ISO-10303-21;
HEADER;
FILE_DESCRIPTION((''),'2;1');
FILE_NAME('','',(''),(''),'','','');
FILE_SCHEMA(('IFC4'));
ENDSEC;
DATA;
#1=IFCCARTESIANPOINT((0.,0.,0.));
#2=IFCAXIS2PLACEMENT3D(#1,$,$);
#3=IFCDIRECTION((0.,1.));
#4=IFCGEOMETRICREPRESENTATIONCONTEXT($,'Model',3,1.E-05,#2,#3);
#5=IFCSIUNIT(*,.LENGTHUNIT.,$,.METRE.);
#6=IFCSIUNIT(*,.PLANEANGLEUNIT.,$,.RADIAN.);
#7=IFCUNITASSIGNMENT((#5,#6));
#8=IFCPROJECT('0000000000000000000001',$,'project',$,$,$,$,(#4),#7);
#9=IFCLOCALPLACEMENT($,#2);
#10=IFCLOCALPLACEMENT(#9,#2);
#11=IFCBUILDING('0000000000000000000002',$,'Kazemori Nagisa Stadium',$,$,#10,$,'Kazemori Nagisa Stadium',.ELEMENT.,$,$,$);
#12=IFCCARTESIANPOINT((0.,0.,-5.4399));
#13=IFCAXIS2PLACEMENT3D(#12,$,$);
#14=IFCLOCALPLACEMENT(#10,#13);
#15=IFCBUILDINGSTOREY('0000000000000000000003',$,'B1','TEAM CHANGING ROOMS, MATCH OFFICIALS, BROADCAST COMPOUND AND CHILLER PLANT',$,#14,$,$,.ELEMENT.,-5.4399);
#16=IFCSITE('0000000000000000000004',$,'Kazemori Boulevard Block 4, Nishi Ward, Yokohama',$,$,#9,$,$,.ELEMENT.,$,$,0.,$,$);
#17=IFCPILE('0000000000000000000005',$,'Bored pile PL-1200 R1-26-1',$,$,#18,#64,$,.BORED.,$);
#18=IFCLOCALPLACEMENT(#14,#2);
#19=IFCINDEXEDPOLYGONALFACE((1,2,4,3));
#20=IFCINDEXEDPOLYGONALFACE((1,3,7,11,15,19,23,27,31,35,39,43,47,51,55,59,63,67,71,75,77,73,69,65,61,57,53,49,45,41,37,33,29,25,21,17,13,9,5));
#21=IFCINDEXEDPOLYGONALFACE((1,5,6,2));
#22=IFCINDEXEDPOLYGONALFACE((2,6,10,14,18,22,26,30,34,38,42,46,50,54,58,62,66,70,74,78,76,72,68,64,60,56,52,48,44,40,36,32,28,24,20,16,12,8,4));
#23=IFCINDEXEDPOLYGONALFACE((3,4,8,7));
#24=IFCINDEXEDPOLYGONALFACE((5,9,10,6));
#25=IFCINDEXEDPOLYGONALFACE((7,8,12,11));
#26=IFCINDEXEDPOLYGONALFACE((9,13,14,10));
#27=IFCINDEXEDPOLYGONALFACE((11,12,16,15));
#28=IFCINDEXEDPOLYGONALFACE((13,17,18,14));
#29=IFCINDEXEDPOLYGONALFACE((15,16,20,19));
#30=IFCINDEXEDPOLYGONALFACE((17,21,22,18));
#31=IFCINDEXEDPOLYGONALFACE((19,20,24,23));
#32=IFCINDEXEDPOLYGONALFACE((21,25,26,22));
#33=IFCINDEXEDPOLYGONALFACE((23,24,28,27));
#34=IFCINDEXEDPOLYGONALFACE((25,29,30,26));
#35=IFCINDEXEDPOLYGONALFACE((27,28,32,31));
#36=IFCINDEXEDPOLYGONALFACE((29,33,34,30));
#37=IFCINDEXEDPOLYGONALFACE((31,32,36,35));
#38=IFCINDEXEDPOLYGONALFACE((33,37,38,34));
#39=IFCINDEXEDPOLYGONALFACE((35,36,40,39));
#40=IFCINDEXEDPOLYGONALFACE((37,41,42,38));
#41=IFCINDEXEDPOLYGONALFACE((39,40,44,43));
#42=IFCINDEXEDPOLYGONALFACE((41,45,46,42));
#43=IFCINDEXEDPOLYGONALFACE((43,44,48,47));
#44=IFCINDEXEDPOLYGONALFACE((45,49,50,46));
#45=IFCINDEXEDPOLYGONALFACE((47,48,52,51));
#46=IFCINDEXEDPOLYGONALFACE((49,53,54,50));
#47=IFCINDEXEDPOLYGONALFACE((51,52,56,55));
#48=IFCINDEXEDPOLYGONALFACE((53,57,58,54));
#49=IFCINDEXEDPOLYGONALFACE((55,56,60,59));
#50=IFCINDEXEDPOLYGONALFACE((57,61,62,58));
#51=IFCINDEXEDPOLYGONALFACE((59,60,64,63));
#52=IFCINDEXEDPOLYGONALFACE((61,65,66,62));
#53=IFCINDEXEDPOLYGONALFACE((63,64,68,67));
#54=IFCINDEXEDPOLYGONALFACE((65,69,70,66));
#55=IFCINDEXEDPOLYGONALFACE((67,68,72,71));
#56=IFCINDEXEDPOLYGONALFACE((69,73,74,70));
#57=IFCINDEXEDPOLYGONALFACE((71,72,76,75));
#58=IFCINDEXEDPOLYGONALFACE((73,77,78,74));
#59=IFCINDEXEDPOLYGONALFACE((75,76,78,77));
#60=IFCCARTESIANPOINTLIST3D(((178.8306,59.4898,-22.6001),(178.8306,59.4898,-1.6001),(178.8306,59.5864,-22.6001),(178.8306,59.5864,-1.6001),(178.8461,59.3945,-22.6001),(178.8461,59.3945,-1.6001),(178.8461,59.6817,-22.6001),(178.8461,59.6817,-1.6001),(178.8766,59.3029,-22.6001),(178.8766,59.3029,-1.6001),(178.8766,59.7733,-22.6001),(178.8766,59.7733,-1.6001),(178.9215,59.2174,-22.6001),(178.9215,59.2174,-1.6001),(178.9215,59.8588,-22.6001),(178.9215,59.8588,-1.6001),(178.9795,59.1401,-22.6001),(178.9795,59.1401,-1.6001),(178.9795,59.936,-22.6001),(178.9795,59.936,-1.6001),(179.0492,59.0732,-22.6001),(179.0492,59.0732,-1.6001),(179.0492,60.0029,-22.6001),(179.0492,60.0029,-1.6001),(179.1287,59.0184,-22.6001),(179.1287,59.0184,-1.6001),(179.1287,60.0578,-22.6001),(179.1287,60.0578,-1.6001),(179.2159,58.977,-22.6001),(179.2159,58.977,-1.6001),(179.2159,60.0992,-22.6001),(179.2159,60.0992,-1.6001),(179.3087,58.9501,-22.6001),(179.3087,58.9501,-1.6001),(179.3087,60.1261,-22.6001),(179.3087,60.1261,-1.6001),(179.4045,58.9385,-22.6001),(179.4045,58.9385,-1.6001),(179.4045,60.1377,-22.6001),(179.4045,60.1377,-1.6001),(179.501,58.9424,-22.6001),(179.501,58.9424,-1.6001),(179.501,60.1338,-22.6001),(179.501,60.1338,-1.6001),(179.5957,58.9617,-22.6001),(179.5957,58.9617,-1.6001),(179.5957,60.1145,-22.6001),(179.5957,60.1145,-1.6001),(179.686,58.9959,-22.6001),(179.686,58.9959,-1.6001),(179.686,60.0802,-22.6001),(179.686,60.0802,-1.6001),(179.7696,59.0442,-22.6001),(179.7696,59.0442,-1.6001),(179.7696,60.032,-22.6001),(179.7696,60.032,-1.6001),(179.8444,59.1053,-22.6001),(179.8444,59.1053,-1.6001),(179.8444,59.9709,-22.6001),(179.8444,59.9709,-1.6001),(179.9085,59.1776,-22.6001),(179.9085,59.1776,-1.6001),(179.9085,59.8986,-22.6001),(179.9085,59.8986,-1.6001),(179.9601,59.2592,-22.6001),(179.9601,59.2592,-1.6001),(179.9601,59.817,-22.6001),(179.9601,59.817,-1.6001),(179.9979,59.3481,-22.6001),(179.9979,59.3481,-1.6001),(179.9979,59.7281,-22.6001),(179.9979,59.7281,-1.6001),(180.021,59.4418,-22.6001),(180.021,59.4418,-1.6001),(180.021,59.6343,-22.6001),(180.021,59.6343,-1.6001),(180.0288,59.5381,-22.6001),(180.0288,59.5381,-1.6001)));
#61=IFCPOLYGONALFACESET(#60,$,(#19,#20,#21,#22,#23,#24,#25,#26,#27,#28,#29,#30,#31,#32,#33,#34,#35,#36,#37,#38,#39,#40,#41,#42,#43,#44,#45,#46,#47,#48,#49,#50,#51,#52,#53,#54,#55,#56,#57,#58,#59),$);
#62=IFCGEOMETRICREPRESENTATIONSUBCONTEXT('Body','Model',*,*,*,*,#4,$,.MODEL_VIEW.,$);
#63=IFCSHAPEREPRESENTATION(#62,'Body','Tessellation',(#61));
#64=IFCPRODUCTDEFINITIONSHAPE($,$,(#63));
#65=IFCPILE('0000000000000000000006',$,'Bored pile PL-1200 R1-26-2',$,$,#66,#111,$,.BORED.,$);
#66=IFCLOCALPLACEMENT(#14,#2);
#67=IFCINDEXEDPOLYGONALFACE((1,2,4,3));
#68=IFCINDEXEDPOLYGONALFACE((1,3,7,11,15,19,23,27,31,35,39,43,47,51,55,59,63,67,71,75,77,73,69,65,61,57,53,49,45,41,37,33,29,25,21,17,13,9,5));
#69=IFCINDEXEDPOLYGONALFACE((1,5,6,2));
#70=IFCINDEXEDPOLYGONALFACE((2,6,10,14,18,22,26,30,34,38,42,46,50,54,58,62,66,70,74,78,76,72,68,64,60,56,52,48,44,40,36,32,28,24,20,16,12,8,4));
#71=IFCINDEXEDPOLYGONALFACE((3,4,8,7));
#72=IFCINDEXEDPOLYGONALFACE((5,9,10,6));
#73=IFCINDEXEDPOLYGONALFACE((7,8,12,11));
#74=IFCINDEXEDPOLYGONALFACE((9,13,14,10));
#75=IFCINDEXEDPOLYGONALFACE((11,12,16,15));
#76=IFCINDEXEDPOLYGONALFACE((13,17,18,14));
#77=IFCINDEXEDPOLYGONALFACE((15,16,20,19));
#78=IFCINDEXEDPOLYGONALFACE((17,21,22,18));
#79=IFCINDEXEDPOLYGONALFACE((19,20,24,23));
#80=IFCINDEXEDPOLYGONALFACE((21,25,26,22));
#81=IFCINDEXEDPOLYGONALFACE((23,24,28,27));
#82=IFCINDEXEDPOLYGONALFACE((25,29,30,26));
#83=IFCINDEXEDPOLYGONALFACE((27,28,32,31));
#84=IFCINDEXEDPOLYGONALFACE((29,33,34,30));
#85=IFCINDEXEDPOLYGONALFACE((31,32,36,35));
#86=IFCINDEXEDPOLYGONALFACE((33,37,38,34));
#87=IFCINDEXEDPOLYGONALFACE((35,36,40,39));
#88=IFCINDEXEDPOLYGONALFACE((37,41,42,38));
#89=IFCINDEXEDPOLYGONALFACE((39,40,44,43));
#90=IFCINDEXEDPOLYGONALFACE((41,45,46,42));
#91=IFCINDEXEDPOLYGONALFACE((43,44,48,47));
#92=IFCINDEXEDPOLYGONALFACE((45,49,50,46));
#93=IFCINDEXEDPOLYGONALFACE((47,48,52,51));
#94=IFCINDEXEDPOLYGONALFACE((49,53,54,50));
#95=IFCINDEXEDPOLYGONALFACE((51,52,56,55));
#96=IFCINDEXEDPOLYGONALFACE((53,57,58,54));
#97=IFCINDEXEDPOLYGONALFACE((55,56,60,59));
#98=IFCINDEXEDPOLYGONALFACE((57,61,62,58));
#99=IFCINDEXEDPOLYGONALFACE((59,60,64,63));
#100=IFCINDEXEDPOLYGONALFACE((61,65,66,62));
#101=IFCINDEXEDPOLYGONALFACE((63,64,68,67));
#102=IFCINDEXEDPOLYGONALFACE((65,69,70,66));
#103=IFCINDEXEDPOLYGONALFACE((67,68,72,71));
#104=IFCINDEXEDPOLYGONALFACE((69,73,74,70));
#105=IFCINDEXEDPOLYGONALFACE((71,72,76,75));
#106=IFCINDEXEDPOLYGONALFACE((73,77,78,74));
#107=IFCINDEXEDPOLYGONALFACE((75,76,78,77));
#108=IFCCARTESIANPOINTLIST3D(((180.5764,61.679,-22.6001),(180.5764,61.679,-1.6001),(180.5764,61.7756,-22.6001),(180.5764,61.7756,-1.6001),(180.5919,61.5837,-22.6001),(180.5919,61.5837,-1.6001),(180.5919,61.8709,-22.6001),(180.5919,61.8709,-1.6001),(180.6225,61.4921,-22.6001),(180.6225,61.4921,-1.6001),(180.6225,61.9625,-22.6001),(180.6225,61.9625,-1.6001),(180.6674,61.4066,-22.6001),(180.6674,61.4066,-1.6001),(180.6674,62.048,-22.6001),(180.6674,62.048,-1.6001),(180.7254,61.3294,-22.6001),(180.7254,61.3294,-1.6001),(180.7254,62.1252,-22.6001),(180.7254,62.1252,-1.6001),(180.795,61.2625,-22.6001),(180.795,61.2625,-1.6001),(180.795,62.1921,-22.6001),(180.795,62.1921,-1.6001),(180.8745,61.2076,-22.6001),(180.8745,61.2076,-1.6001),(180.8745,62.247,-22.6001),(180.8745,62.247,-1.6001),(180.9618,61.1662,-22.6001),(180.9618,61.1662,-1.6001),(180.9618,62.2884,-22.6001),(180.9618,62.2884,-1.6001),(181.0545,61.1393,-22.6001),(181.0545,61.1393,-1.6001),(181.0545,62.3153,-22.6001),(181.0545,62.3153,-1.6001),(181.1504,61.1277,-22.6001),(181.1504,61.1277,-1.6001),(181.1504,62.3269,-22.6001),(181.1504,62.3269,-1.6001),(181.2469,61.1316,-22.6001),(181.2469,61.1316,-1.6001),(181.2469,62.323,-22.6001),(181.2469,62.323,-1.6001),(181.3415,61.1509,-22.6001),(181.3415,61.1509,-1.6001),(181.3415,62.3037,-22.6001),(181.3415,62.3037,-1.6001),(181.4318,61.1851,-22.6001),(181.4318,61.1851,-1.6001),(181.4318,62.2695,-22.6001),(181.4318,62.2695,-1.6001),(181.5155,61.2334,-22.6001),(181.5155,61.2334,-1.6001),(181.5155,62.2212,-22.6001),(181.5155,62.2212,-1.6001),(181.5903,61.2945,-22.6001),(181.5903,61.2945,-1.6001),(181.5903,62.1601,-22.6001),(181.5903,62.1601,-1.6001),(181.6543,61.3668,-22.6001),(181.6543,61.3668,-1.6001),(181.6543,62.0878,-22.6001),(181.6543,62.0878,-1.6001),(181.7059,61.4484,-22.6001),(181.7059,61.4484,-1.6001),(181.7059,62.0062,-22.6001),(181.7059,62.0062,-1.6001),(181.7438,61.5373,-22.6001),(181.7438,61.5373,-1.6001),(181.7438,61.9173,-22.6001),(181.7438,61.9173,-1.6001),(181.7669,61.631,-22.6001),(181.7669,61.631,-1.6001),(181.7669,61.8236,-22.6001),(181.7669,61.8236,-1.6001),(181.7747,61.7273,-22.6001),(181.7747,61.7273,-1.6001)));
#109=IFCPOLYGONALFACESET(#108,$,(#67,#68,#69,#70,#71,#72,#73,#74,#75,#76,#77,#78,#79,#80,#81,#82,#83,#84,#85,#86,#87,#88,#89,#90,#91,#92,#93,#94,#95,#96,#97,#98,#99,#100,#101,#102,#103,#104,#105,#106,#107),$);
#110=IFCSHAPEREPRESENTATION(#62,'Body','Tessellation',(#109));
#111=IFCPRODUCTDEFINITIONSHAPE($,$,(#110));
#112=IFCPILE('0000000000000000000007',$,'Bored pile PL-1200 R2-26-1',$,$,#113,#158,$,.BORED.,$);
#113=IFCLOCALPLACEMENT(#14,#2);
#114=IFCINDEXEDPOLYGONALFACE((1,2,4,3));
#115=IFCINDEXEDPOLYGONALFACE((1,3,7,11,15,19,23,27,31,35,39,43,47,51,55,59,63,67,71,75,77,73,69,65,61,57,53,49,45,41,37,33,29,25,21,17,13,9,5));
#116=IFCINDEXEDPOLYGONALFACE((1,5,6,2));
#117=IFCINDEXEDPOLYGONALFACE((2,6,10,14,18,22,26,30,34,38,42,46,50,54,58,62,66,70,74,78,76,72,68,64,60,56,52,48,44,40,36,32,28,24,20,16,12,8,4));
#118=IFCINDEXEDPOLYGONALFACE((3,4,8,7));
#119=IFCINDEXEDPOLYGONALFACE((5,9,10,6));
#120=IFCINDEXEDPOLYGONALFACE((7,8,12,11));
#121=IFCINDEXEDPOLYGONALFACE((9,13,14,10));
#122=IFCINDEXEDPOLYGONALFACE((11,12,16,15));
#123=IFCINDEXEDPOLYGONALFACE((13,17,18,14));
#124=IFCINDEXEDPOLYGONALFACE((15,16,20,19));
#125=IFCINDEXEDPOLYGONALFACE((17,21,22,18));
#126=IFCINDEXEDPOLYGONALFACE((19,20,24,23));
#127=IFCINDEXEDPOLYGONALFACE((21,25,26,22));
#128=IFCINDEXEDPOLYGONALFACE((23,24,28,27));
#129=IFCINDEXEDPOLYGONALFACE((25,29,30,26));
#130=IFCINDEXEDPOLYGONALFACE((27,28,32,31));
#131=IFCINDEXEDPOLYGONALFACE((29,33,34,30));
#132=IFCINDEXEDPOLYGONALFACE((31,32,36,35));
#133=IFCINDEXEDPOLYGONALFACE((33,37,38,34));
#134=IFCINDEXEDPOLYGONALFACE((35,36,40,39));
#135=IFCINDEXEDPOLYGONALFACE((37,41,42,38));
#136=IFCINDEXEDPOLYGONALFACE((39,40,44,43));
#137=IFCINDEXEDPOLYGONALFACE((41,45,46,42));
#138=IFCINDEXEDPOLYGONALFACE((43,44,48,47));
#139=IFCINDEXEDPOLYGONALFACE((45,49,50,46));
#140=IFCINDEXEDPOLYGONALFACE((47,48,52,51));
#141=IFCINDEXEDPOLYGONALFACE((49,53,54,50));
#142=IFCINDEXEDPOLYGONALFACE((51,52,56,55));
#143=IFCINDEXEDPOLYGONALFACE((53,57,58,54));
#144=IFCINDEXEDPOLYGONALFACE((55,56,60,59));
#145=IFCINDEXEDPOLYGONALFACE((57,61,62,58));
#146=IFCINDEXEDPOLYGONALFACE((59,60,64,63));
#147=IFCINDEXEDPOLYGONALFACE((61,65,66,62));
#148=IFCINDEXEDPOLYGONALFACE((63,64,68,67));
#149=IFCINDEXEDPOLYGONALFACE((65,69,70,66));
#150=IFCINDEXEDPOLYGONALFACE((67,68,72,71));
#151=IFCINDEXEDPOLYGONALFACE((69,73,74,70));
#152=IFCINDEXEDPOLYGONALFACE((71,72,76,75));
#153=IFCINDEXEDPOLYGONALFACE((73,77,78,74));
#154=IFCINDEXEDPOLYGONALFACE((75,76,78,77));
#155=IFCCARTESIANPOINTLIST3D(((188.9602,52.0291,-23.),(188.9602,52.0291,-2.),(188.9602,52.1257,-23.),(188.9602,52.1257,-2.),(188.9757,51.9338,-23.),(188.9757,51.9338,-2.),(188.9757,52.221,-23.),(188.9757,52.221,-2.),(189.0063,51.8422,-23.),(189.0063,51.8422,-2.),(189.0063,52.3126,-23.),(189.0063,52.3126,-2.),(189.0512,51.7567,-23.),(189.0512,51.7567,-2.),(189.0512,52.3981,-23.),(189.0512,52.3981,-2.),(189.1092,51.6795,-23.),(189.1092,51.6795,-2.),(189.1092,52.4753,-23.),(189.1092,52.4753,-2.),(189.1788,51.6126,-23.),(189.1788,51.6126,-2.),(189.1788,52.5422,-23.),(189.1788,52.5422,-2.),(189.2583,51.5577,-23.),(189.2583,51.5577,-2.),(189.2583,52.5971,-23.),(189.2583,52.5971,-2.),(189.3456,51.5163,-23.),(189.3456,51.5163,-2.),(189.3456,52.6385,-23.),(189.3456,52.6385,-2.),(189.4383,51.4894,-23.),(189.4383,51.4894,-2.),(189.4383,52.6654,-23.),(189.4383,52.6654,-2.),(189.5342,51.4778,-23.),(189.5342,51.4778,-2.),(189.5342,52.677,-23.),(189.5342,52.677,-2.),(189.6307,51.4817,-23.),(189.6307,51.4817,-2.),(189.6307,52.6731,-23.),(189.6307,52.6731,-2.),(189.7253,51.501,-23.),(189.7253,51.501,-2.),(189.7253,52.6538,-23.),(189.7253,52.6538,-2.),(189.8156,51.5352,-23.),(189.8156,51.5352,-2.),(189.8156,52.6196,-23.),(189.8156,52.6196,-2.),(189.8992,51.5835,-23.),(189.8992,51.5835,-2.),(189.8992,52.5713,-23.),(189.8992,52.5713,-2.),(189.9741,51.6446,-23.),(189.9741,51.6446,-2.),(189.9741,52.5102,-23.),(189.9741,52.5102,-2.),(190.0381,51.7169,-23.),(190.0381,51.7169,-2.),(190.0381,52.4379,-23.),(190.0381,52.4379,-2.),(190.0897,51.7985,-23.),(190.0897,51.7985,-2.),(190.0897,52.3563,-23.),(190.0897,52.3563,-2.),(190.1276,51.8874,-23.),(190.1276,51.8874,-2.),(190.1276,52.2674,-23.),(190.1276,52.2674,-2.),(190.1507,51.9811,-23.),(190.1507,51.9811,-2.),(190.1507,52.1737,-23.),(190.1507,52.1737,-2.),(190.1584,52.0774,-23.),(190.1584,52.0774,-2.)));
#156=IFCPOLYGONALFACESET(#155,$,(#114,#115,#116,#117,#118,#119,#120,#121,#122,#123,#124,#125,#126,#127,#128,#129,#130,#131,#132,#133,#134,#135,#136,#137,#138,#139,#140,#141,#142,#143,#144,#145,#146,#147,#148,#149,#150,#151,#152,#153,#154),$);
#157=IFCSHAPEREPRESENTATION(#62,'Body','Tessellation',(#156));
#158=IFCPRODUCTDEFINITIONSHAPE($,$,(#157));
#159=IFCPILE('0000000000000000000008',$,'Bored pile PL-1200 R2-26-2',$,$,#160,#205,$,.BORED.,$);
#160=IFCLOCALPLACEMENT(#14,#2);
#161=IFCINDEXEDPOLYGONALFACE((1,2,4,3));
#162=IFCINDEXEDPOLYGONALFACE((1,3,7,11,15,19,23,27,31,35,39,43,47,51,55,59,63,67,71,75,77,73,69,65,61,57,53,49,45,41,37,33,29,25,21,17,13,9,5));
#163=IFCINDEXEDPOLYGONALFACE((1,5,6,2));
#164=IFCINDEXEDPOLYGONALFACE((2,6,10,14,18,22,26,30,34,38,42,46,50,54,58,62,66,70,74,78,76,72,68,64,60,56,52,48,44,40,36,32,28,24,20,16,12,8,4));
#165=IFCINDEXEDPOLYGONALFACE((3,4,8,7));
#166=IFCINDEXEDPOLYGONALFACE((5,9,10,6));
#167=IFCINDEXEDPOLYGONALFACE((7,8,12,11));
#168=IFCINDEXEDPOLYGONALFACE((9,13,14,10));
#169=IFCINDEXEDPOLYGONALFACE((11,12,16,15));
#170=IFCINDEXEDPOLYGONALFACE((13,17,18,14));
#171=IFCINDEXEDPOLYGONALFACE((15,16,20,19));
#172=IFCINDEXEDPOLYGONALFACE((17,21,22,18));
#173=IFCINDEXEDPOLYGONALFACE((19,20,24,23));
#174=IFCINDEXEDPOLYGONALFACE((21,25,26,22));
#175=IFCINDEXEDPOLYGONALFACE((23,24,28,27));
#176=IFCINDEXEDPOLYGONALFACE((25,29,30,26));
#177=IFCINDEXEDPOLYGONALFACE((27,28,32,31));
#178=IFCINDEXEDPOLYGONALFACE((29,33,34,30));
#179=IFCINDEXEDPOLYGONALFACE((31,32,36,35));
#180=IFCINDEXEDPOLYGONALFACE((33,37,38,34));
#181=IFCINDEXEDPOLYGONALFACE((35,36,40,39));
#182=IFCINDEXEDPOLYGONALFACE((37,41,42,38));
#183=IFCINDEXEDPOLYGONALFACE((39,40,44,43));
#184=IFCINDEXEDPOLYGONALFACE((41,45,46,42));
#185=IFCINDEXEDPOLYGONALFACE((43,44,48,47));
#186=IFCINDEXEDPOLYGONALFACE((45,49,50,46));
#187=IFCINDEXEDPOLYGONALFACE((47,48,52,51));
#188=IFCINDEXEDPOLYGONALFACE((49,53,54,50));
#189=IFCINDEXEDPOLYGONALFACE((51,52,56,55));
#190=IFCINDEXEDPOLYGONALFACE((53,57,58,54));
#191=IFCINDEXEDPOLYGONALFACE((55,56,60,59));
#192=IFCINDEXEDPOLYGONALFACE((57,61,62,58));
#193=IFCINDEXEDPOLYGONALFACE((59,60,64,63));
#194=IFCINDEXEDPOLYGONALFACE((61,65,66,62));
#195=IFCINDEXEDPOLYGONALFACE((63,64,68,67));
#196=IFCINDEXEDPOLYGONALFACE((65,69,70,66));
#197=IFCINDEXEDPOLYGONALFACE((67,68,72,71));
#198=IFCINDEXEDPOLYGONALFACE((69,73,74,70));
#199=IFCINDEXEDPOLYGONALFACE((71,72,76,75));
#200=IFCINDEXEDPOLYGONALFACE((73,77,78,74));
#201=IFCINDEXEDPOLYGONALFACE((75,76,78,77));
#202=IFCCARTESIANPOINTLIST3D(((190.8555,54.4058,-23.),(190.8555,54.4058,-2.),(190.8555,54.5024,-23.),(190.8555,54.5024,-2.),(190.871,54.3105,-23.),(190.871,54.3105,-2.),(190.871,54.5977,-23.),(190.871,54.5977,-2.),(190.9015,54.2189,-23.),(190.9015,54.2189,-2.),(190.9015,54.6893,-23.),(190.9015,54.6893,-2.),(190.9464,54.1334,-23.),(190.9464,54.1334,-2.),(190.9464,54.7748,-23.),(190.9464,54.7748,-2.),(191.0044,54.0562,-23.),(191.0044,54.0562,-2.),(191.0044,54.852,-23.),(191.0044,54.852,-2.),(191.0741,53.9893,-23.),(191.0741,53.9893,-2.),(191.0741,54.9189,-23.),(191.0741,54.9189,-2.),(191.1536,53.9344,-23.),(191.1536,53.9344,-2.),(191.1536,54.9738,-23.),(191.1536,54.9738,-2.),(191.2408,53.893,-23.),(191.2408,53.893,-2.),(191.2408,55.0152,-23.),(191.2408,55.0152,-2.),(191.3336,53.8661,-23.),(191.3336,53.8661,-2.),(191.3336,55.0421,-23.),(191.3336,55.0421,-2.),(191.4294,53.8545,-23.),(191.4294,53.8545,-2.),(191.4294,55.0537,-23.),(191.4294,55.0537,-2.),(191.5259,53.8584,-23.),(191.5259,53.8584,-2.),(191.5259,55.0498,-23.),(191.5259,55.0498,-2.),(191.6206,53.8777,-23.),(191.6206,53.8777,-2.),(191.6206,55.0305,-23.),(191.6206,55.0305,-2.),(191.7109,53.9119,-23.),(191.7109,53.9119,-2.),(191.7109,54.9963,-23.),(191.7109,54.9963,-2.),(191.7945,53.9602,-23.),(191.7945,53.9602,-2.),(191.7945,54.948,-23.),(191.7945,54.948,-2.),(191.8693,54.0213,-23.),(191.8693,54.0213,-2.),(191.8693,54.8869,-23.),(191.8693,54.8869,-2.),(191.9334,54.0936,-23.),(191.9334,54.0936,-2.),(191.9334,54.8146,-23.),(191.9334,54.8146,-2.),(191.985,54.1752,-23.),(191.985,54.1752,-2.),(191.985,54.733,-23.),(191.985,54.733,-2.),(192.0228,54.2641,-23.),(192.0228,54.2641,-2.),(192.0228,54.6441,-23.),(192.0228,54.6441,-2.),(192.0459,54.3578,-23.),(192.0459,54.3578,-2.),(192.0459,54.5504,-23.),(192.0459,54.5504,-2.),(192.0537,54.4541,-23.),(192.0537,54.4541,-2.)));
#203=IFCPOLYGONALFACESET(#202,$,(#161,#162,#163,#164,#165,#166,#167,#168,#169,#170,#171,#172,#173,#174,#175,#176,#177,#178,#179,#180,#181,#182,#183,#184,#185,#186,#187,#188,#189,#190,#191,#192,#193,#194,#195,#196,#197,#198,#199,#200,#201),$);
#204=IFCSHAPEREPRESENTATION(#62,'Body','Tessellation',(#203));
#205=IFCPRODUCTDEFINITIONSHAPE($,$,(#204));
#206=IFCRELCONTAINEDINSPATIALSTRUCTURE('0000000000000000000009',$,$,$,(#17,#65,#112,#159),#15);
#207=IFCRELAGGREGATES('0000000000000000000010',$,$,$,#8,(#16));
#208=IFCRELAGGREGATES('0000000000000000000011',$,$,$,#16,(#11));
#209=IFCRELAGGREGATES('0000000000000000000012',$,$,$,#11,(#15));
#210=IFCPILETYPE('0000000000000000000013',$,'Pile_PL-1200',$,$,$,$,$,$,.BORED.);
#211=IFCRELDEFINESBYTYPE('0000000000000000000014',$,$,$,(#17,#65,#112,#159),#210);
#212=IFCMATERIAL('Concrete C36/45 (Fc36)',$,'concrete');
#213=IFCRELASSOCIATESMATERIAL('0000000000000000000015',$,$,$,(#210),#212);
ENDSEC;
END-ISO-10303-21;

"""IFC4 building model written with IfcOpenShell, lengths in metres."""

from ifc_helpers import new_model, si_unit, direction, frame, origin, origin_2d, place, context, subcontext, project, spatial, circle, extrude, material, material_profile, profile_set, type_object, element, save


model = new_model("IFC4")

# Units and contexts
model_context = context("Model", 3, precision=1e-05, world=origin(), true_north=direction((0.0, 1.0)))
body_context = subcontext(model_context, "Body", "Model", "MODEL_VIEW")
ifc_project = project(units=[si_unit("LENGTHUNIT", "METRE"), si_unit("PLANEANGLEUNIT", "RADIAN")], contexts=[model_context])

# Site, building, storey
site_placement = place(None, origin())
site = spatial("IfcSite", under=ifc_project, at=site_placement, Name="Kazemori Boulevard Block 4, Nishi Ward, Yokohama", CompositionType="ELEMENT", RefElevation=0.0)
building_placement = place(site_placement, origin())
building = spatial("IfcBuilding", under=site, at=building_placement, Name="Kazemori Nagisa Stadium", LongName="Kazemori Nagisa Stadium", CompositionType="ELEMENT")
storey_placement = place(building_placement, frame((0.0, 0.0, -5.4399)))
storey = spatial("IfcBuildingStorey", under=building, at=storey_placement, Name="B1", Description="TEAM CHANGING ROOMS, MATCH OFFICIALS, BROADCAST COMPOUND AND CHILLER PLANT", CompositionType="ELEMENT", Elevation=-5.4399)

# Piles
ifc_material_1 = material(Name="Concrete C36/45 (Fc36)", Category="concrete")
ifc_material_profile_1 = material_profile(ifc_material_1, circle(Radius=0.6001, at=origin_2d()), Name="PILE-D1200")
ifc_profile_set_1 = profile_set([ifc_material_profile_1], Name="Concrete C36/45 (Fc36)")
pile_type_1 = type_object("IfcPileType", Name="Pile_PL-1200", PredefinedType="BORED", material=ifc_profile_set_1)
for number, where, z_axis, x_axis, name in (
    (1, (179.4287, 59.5381, -1.6001), (0.0, 0.0, -1.0), (1.0, 0.0, 0.0), "Bored pile PL-1200 R1-26-1"),
    (2, (181.1746, 61.7273, -1.6001), (0.0, 0.0, -1.0), (1.0, 0.0, 0.0), "Bored pile PL-1200 R1-26-2"),
    (3, (189.5583, 52.0774, -2.0), (0.0, 0.0, -1.0), (1.0, 0.0, 0.0), "Bored pile PL-1200 R2-26-1"),
    (4, (191.4536, 54.4541, -2.0), (0.0, 0.0, -1.0), (1.0, 0.0, 0.0), "Bored pile PL-1200 R2-26-2"),
):
    element("IfcPile", number, at=place(storey_placement, frame(where, z_axis=z_axis, x_axis=x_axis)), inside=storey, type_object=pile_type_1, Name=name, PredefinedType="BORED", context=body_context, shape_type="SweptSolid", body=[
        extrude(circle(Radius=0.6001, at=origin_2d()), origin(), (0.0, 0.0, 1.0), 21.0),
    ])

save(model, "model.ifc")
